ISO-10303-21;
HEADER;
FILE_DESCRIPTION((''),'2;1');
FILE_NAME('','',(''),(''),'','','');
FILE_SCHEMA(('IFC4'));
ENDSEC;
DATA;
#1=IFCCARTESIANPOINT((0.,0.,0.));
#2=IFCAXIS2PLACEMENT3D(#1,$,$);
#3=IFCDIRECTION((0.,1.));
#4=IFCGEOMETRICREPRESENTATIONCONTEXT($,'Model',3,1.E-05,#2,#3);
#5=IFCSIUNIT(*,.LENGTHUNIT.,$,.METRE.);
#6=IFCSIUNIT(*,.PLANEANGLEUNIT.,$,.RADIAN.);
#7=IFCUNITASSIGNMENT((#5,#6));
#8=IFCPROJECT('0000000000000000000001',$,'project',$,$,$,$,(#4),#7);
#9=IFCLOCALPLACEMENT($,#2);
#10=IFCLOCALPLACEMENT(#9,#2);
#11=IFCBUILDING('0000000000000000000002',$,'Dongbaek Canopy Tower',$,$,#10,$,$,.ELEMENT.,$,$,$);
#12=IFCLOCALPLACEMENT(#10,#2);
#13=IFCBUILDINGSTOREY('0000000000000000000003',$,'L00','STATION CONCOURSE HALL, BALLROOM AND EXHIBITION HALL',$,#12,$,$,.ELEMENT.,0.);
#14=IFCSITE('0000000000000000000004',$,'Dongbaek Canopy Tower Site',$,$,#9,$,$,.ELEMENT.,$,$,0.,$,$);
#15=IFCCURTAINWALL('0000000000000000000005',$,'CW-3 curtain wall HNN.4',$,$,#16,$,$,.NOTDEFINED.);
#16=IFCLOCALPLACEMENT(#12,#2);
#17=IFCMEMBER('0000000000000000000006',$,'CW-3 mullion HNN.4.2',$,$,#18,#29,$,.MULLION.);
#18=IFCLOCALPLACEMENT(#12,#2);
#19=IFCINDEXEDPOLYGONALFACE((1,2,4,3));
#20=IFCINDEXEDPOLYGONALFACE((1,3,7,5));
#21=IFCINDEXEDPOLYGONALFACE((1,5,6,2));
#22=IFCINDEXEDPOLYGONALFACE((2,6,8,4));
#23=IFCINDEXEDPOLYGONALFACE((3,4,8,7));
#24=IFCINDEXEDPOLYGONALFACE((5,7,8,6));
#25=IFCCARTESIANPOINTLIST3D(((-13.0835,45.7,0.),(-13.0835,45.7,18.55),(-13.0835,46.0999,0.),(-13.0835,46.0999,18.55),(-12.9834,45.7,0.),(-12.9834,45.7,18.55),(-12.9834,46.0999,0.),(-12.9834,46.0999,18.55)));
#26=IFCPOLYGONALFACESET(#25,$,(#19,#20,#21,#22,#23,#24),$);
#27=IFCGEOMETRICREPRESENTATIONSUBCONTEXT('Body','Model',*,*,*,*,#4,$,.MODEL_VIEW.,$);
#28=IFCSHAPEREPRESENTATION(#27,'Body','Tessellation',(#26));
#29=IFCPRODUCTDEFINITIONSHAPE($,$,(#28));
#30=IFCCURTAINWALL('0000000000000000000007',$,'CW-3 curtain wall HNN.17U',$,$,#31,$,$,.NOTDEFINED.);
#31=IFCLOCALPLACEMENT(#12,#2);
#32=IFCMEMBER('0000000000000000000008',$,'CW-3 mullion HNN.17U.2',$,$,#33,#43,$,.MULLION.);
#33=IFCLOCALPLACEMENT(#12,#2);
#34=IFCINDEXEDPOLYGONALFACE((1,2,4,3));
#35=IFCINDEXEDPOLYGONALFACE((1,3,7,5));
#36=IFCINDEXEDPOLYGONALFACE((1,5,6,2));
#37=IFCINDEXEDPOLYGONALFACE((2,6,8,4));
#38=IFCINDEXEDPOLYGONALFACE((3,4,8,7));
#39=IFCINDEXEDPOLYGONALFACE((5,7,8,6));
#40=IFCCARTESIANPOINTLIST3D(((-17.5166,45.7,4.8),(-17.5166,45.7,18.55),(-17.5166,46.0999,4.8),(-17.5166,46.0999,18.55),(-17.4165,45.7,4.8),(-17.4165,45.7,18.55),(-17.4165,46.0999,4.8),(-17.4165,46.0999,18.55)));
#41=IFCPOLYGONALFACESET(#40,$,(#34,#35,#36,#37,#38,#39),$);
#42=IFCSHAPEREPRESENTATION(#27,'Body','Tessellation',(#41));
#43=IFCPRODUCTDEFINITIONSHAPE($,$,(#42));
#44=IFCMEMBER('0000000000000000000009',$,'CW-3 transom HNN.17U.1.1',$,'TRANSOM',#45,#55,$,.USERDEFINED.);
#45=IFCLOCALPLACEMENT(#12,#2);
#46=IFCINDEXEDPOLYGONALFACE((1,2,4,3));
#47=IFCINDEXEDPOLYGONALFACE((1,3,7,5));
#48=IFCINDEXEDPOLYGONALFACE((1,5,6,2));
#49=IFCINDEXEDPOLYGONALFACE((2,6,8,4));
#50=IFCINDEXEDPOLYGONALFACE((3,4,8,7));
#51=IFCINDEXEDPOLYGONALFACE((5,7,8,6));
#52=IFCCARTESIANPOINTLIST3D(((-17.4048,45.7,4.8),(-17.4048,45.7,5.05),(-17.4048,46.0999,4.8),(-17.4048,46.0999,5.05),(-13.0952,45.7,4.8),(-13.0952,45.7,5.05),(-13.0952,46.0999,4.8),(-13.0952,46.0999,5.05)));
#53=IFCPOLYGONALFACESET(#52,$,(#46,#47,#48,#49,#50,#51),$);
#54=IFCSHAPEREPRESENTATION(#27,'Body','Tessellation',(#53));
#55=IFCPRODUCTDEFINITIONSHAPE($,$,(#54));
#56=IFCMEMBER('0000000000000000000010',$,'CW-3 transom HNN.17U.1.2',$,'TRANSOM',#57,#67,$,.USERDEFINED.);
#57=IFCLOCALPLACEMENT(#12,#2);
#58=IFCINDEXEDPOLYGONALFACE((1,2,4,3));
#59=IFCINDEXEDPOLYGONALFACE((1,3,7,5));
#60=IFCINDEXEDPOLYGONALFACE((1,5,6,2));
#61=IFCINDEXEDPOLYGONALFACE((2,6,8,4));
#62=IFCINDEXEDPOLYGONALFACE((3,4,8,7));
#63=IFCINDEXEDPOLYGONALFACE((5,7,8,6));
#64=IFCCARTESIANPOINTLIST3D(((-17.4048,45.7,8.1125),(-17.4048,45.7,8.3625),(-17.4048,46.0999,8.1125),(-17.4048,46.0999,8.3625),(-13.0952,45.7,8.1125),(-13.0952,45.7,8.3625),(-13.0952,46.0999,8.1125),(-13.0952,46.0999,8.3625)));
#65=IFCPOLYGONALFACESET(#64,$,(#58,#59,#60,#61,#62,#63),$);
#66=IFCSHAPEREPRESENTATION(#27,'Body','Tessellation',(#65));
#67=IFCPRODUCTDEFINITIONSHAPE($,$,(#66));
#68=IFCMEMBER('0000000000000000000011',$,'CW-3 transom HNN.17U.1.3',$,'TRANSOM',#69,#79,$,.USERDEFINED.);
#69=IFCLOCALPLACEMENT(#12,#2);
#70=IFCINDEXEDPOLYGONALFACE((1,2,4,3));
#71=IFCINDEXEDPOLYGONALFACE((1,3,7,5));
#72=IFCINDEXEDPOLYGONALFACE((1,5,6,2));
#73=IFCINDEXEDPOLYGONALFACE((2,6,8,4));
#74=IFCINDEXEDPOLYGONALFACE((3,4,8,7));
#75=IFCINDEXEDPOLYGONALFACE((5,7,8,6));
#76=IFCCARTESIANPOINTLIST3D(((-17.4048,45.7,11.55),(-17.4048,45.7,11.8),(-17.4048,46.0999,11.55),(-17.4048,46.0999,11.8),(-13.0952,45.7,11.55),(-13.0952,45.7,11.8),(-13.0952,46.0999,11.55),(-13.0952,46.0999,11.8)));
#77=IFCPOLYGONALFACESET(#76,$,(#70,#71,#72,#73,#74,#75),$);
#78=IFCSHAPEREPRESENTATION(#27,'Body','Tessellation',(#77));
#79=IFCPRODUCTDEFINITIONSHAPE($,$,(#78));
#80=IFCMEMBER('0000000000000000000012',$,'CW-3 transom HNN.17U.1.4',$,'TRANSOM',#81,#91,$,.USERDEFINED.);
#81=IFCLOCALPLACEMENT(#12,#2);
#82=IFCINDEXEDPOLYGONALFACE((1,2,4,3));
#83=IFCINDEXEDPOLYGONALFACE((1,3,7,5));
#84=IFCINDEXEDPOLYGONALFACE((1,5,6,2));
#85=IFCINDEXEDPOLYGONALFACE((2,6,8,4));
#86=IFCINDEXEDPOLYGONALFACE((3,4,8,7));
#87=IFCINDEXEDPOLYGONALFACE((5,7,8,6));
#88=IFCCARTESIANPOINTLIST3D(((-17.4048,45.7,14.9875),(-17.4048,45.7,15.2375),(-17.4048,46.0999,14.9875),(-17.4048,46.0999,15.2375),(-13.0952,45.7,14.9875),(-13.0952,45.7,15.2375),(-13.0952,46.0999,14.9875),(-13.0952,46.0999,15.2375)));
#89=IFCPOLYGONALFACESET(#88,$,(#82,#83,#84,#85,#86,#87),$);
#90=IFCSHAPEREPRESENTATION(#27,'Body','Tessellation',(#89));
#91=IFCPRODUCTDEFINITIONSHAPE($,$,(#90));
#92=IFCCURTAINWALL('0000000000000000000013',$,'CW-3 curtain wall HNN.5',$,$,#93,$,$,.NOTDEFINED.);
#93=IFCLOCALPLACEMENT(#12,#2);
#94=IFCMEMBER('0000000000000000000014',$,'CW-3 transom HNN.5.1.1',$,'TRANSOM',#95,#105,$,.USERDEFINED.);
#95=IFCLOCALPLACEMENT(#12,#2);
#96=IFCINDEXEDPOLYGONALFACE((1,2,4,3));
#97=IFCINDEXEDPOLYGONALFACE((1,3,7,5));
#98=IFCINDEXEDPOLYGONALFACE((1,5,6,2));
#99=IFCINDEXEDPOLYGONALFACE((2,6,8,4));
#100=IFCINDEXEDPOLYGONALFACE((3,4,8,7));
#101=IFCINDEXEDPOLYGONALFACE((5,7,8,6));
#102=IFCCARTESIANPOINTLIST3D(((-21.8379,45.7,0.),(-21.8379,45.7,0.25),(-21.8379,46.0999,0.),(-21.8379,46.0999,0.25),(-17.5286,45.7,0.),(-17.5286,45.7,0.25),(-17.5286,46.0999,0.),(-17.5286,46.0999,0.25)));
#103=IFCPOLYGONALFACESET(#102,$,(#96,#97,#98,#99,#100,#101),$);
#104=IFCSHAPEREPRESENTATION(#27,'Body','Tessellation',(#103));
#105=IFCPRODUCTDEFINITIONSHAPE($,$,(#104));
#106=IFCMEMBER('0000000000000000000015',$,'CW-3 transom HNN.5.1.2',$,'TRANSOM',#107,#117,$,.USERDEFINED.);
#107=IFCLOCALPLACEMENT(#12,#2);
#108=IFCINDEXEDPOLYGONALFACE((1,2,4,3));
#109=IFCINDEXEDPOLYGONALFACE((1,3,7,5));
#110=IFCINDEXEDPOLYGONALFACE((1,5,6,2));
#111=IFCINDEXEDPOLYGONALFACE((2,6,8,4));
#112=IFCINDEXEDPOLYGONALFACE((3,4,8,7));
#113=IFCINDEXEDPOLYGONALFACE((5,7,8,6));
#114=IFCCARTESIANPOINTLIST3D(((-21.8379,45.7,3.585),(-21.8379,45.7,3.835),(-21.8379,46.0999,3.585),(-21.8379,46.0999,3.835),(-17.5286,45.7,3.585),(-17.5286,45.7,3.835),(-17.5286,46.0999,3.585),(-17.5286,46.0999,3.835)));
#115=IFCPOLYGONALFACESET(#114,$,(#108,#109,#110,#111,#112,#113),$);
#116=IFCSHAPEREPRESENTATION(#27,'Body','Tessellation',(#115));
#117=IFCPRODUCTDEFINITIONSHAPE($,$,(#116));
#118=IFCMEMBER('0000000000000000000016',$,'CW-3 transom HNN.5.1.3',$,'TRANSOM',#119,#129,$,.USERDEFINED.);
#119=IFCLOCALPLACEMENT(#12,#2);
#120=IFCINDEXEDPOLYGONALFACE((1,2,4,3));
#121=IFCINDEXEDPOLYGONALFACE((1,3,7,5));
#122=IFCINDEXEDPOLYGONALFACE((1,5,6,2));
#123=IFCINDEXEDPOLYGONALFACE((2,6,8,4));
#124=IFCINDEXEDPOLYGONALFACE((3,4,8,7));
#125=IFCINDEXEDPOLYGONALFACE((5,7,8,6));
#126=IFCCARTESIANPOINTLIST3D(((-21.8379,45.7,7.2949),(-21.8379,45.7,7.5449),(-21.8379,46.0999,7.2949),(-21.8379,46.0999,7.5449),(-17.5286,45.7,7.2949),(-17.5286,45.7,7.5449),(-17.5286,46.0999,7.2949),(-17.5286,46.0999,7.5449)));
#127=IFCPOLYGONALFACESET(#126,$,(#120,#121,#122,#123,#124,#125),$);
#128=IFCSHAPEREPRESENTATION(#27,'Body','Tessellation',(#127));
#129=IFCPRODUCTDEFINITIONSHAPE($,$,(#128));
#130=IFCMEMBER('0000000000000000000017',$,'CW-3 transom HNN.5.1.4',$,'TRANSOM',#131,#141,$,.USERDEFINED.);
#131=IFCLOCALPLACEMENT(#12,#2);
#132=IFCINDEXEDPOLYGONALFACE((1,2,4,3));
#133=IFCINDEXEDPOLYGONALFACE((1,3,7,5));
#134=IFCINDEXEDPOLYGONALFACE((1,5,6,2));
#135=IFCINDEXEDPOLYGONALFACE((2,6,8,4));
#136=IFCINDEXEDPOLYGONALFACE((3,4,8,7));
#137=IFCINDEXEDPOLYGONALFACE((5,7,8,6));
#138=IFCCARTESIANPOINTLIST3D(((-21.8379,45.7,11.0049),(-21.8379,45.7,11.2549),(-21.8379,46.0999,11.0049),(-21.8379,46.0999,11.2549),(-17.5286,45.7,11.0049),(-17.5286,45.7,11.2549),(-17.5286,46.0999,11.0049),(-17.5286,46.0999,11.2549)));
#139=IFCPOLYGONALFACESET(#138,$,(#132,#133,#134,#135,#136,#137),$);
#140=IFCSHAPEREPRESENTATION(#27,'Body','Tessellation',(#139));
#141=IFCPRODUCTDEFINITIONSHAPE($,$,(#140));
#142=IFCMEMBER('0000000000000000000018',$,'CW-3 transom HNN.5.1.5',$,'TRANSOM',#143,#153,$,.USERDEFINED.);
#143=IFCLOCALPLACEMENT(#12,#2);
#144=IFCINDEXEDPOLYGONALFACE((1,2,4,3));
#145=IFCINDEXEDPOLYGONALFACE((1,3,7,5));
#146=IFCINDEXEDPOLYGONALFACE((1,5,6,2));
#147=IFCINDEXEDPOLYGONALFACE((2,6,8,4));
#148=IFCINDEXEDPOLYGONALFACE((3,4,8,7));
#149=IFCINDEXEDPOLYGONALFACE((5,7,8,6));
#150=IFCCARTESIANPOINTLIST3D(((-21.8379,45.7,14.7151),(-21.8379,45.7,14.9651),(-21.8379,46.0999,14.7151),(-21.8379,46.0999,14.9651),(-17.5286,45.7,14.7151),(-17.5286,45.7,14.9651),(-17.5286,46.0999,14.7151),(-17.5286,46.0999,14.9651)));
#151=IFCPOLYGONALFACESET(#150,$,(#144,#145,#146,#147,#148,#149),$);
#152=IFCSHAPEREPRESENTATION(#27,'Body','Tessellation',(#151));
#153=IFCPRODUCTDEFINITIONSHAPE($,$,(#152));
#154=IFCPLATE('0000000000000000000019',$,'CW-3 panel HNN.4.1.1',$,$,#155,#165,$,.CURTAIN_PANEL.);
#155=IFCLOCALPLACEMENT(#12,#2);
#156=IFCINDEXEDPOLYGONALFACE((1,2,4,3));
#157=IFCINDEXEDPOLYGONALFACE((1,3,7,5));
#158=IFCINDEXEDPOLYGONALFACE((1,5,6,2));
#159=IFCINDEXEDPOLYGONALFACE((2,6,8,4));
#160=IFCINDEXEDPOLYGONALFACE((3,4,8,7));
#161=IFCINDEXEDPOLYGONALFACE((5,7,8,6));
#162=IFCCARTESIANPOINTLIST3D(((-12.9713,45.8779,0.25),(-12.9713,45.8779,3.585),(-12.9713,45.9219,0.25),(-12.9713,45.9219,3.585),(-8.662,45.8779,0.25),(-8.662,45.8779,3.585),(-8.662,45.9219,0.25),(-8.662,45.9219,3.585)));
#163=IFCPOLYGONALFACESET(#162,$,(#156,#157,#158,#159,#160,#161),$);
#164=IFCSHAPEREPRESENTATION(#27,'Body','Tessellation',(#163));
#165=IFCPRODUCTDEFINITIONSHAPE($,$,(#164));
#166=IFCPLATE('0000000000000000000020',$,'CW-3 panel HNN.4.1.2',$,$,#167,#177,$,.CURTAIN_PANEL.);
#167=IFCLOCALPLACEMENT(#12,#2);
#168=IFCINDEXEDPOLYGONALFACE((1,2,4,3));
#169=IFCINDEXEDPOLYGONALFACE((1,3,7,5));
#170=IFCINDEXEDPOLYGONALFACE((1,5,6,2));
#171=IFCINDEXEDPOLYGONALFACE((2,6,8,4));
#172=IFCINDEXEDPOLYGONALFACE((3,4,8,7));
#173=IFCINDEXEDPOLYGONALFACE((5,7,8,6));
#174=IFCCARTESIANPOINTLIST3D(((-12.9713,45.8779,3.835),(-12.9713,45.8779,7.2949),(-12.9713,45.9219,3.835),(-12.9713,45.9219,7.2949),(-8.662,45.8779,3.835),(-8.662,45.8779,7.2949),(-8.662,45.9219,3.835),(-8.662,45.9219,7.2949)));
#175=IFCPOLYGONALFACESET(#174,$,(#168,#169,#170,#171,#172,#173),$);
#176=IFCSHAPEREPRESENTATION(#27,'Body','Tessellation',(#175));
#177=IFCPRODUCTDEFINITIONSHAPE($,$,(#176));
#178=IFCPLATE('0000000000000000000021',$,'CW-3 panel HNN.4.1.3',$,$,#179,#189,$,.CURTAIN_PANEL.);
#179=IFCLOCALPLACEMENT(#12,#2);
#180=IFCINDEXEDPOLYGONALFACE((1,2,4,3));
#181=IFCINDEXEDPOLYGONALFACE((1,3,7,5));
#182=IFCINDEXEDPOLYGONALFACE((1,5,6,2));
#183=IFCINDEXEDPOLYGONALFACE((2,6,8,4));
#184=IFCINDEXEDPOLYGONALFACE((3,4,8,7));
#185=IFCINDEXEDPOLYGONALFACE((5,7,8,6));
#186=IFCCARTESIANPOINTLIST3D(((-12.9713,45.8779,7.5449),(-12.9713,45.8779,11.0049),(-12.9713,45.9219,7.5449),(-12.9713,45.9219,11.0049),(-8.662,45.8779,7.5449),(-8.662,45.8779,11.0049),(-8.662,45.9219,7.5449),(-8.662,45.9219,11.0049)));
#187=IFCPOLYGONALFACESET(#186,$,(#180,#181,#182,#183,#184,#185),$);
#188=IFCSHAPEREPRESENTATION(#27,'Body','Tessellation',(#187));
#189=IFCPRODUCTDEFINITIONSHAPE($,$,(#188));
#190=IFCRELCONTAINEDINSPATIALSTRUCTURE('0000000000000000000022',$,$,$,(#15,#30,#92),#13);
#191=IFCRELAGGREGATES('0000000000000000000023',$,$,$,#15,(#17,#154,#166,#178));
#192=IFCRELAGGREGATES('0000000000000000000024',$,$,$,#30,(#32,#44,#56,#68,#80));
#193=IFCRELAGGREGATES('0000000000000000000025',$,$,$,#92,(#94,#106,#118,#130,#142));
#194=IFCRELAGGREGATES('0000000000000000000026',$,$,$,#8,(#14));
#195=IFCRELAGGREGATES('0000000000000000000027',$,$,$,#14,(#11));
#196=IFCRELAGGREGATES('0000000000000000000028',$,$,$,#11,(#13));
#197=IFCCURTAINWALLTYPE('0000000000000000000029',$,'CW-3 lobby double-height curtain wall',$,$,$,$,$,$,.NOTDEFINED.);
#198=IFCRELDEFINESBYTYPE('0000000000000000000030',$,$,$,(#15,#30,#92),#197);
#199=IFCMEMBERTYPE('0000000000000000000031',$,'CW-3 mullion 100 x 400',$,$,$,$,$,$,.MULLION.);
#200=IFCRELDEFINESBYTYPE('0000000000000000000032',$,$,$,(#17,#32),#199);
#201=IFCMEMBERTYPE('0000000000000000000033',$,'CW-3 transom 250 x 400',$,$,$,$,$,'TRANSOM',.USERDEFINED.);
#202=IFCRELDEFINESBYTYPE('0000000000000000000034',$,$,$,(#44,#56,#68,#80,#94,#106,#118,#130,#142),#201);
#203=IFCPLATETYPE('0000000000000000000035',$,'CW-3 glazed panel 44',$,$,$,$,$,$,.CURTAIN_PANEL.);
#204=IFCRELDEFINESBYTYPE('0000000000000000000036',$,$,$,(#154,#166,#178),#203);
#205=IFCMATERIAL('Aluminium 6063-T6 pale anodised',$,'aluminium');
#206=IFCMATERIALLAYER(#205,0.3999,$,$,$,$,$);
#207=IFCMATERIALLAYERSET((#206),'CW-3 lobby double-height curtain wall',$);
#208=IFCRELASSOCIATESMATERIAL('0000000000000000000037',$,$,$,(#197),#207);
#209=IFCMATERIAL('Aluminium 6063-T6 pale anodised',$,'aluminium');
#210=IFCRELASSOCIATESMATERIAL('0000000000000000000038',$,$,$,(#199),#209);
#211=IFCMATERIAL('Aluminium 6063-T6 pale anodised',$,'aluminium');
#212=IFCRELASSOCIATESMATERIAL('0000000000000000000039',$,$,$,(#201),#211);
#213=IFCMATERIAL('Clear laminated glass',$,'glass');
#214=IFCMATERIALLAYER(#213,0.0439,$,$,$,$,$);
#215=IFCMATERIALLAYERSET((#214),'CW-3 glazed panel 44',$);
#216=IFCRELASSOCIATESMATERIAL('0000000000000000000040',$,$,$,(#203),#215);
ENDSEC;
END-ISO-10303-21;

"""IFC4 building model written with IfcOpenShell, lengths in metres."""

from ifc_helpers import new_model, si_unit, direction, frame, origin, origin_2d, place, context, subcontext, project, spatial, rectangle, extrude, material, layer, layer_set, material_profile, profile_set, type_object, element, aggregate, save


model = new_model("IFC4")

# Units and contexts
model_context = context("Model", 3, precision=1e-05, world=origin(), true_north=direction((0.0, 1.0)))
body_context = subcontext(model_context, "Body", "Model", "MODEL_VIEW")
ifc_project = project(units=[si_unit("LENGTHUNIT", "METRE"), si_unit("PLANEANGLEUNIT", "RADIAN")], contexts=[model_context])

# Site, building, storey
site_placement = place(None, origin())
site = spatial("IfcSite", under=ifc_project, at=site_placement, Name="Dongbaek Canopy Tower Site", CompositionType="ELEMENT", RefElevation=0.0)
building_placement = place(site_placement, origin())
building = spatial("IfcBuilding", under=site, at=building_placement, Name="Dongbaek Canopy Tower", CompositionType="ELEMENT")
storey_placement = place(building_placement, origin())
storey = spatial("IfcBuildingStorey", under=building, at=storey_placement, Name="L00", Description="STATION CONCOURSE HALL, BALLROOM AND EXHIBITION HALL", CompositionType="ELEMENT", Elevation=0.0)

# Curtain wall, member
ifc_material_1 = material(Name="Aluminium 6063-T6 pale anodised", Category="aluminium")
ifc_layer_1 = layer(ifc_material_1, 0.3999)
ifc_layer_set_1 = layer_set([ifc_layer_1], Name="CW-3 lobby double-height curtain wall")
curtain_wall_type = type_object("IfcCurtainWallType", Name="CW-3 lobby double-height curtain wall", PredefinedType="NOTDEFINED", material=ifc_layer_set_1)
curtain_wall_1_placement = place(storey_placement, origin())
curtain_wall_1 = element("IfcCurtainWall", 1, at=curtain_wall_1_placement, inside=storey, type_object=curtain_wall_type, Name="CW-3 curtain wall HNN.4", PredefinedType="NOTDEFINED")
ifc_material_2 = material(Name="Aluminium 6063-T6 pale anodised", Category="aluminium")
ifc_material_profile_1 = material_profile(ifc_material_2, rectangle(XDim=0.3999, YDim=0.1001, at=origin_2d()), Name="CW-3 mullion 100 x 400")
ifc_profile_set_1 = profile_set([ifc_material_profile_1], Name="Aluminium 6063-T6 pale anodised")
member_type_1 = type_object("IfcMemberType", Name="CW-3 mullion 100 x 400", PredefinedType="MULLION", material=ifc_profile_set_1)
member_1_placement = place(storey_placement, frame((-13.0334, 45.8999, 0.0), z_axis=(0.0, 0.0, 1.0), x_axis=(0.0, 1.0, 0.0)))
member_1 = element("IfcMember", 2, at=member_1_placement, type_object=member_type_1, Name="CW-3 mullion HNN.4.2", PredefinedType="MULLION", context=body_context, shape_type="SweptSolid", body=[
    extrude(rectangle(XDim=0.3999, YDim=0.1001, at=origin_2d()), origin(), (0.0, 0.0, 1.0), 18.55),
])

# Curtain walls, members
curtain_wall_2_placement = place(storey_placement, origin())
curtain_wall_2 = element("IfcCurtainWall", 3, at=curtain_wall_2_placement, inside=storey, type_object=curtain_wall_type, Name="CW-3 curtain wall HNN.17U", PredefinedType="NOTDEFINED")
member_2_placement = place(storey_placement, frame((-17.4666, 45.8999, 4.8), z_axis=(0.0, 0.0, 1.0), x_axis=(0.0, 1.0, 0.0)))
member_2 = element("IfcMember", 4, at=member_2_placement, type_object=member_type_1, Name="CW-3 mullion HNN.17U.2", PredefinedType="MULLION", context=body_context, shape_type="SweptSolid", body=[
    extrude(rectangle(XDim=0.3999, YDim=0.1001, at=origin_2d()), origin(), (0.0, 0.0, 1.0), 13.75),
])
ifc_material_3 = material(Name="Aluminium 6063-T6 pale anodised", Category="aluminium")
ifc_material_profile_2 = material_profile(ifc_material_3, rectangle(XDim=0.3999, YDim=0.25, at=origin_2d()), Name="CW-3 transom 250 x 400")
ifc_profile_set_2 = profile_set([ifc_material_profile_2], Name="Aluminium 6063-T6 pale anodised")
member_type_2 = type_object("IfcMemberType", Name="CW-3 transom 250 x 400", ElementType="TRANSOM", PredefinedType="USERDEFINED", material=ifc_profile_set_2)
member_3_placement = place(storey_placement, frame((-13.0952, 45.8999, 4.925), z_axis=(-1.0, 0.0, 0.0), x_axis=(0.0, -1.0, 0.0)))
member_3 = element("IfcMember", 5, at=member_3_placement, type_object=member_type_2, Name="CW-3 transom HNN.17U.1.1", ObjectType="TRANSOM", PredefinedType="USERDEFINED", context=body_context, shape_type="SweptSolid", body=[
    extrude(rectangle(XDim=0.3999, YDim=0.25, at=origin_2d()), origin(), (0.0, 0.0, 1.0), 4.3096),
])
member_4_placement = place(storey_placement, frame((-13.0952, 45.8999, 8.2375), z_axis=(-1.0, 0.0, 0.0), x_axis=(0.0, -1.0, 0.0)))
member_4 = element("IfcMember", 6, at=member_4_placement, type_object=member_type_2, Name="CW-3 transom HNN.17U.1.2", ObjectType="TRANSOM", PredefinedType="USERDEFINED", context=body_context, shape_type="SweptSolid", body=[
    extrude(rectangle(XDim=0.3999, YDim=0.25, at=origin_2d()), origin(), (0.0, 0.0, 1.0), 4.3096),
])
member_5_placement = place(storey_placement, frame((-13.0952, 45.8999, 11.675), z_axis=(-1.0, 0.0, 0.0), x_axis=(0.0, -1.0, 0.0)))
member_5 = element("IfcMember", 7, at=member_5_placement, type_object=member_type_2, Name="CW-3 transom HNN.17U.1.3", ObjectType="TRANSOM", PredefinedType="USERDEFINED", context=body_context, shape_type="SweptSolid", body=[
    extrude(rectangle(XDim=0.3999, YDim=0.25, at=origin_2d()), origin(), (0.0, 0.0, 1.0), 4.3096),
])
member_6_placement = place(storey_placement, frame((-13.0952, 45.8999, 15.1125), z_axis=(-1.0, 0.0, 0.0), x_axis=(0.0, -1.0, 0.0)))
member_6 = element("IfcMember", 8, at=member_6_placement, type_object=member_type_2, Name="CW-3 transom HNN.17U.1.4", ObjectType="TRANSOM", PredefinedType="USERDEFINED", context=body_context, shape_type="SweptSolid", body=[
    extrude(rectangle(XDim=0.3999, YDim=0.25, at=origin_2d()), origin(), (0.0, 0.0, 1.0), 4.3096),
])
curtain_wall_3_placement = place(storey_placement, origin())
curtain_wall_3 = element("IfcCurtainWall", 9, at=curtain_wall_3_placement, inside=storey, type_object=curtain_wall_type, Name="CW-3 curtain wall HNN.5", PredefinedType="NOTDEFINED")
member_7_placement = place(storey_placement, frame((-17.5286, 45.8999, 0.125), z_axis=(-1.0, 0.0, 0.0), x_axis=(0.0, -1.0, 0.0)))
member_7 = element("IfcMember", 10, at=member_7_placement, type_object=member_type_2, Name="CW-3 transom HNN.5.1.1", ObjectType="TRANSOM", PredefinedType="USERDEFINED", context=body_context, shape_type="SweptSolid", body=[
    extrude(rectangle(XDim=0.3999, YDim=0.25, at=origin_2d()), origin(), (0.0, 0.0, 1.0), 4.3093),
])
member_8_placement = place(storey_placement, frame((-17.5286, 45.8999, 3.71), z_axis=(-1.0, 0.0, 0.0), x_axis=(0.0, -1.0, 0.0)))
member_8 = element("IfcMember", 11, at=member_8_placement, type_object=member_type_2, Name="CW-3 transom HNN.5.1.2", ObjectType="TRANSOM", PredefinedType="USERDEFINED", context=body_context, shape_type="SweptSolid", body=[
    extrude(rectangle(XDim=0.3999, YDim=0.25, at=origin_2d()), origin(), (0.0, 0.0, 1.0), 4.3093),
])
member_9_placement = place(storey_placement, frame((-17.5286, 45.8999, 7.4199), z_axis=(-1.0, 0.0, 0.0), x_axis=(0.0, -1.0, 0.0)))
member_9 = element("IfcMember", 12, at=member_9_placement, type_object=member_type_2, Name="CW-3 transom HNN.5.1.3", ObjectType="TRANSOM", PredefinedType="USERDEFINED", context=body_context, shape_type="SweptSolid", body=[
    extrude(rectangle(XDim=0.3999, YDim=0.25, at=origin_2d()), origin(), (0.0, 0.0, 1.0), 4.3093),
])
member_10_placement = place(storey_placement, frame((-17.5286, 45.8999, 11.1299), z_axis=(-1.0, 0.0, 0.0), x_axis=(0.0, -1.0, 0.0)))
member_10 = element("IfcMember", 13, at=member_10_placement, type_object=member_type_2, Name="CW-3 transom HNN.5.1.4", ObjectType="TRANSOM", PredefinedType="USERDEFINED", context=body_context, shape_type="SweptSolid", body=[
    extrude(rectangle(XDim=0.3999, YDim=0.25, at=origin_2d()), origin(), (0.0, 0.0, 1.0), 4.3093),
])
member_11_placement = place(storey_placement, frame((-17.5286, 45.8999, 14.8401), z_axis=(-1.0, 0.0, 0.0), x_axis=(0.0, -1.0, 0.0)))
member_11 = element("IfcMember", 14, at=member_11_placement, type_object=member_type_2, Name="CW-3 transom HNN.5.1.5", ObjectType="TRANSOM", PredefinedType="USERDEFINED", context=body_context, shape_type="SweptSolid", body=[
    extrude(rectangle(XDim=0.3999, YDim=0.25, at=origin_2d()), origin(), (0.0, 0.0, 1.0), 4.3093),
])

# Plates
ifc_material_4 = material(Name="Clear laminated glass", Category="glass")
ifc_layer_2 = layer(ifc_material_4, 0.0439)
ifc_layer_set_2 = layer_set([ifc_layer_2], Name="CW-3 glazed panel 44")
plate_type = type_object("IfcPlateType", Name="CW-3 glazed panel 44", PredefinedType="CURTAIN_PANEL", material=ifc_layer_set_2)
plate_1_placement = place(storey_placement, frame((-10.8167, 45.8999, 0.25), z_axis=(0.0, 0.0, 1.0), x_axis=(-1.0, 0.0, 0.0)))
plate_1 = element("IfcPlate", 15, at=plate_1_placement, type_object=plate_type, Name="CW-3 panel HNN.4.1.1", PredefinedType="CURTAIN_PANEL", context=body_context, shape_type="SweptSolid", body=[
    extrude(rectangle(XDim=4.3093, YDim=0.0439, at=origin_2d()), origin(), (0.0, 0.0, 1.0), 3.335),
])
plate_2_placement = place(storey_placement, frame((-10.8167, 45.8999, 3.835), z_axis=(0.0, 0.0, 1.0), x_axis=(-1.0, 0.0, 0.0)))
plate_2 = element("IfcPlate", 16, at=plate_2_placement, type_object=plate_type, Name="CW-3 panel HNN.4.1.2", PredefinedType="CURTAIN_PANEL", context=body_context, shape_type="SweptSolid", body=[
    extrude(rectangle(XDim=4.3093, YDim=0.0439, at=origin_2d()), origin(), (0.0, 0.0, 1.0), 3.46),
])
plate_3_placement = place(storey_placement, frame((-10.8167, 45.8999, 7.5449), z_axis=(0.0, 0.0, 1.0), x_axis=(-1.0, 0.0, 0.0)))
plate_3 = element("IfcPlate", 17, at=plate_3_placement, type_object=plate_type, Name="CW-3 panel HNN.4.1.3", PredefinedType="CURTAIN_PANEL", context=body_context, shape_type="SweptSolid", body=[
    extrude(rectangle(XDim=4.3093, YDim=0.0439, at=origin_2d()), origin(), (0.0, 0.0, 1.0), 3.46),
])
aggregate(curtain_wall_1, [member_1, plate_1, plate_2, plate_3])
aggregate(curtain_wall_2, [member_2, member_3, member_4, member_5, member_6])
aggregate(curtain_wall_3, [member_7, member_8, member_9, member_10, member_11])

save(model, "model.ifc")
